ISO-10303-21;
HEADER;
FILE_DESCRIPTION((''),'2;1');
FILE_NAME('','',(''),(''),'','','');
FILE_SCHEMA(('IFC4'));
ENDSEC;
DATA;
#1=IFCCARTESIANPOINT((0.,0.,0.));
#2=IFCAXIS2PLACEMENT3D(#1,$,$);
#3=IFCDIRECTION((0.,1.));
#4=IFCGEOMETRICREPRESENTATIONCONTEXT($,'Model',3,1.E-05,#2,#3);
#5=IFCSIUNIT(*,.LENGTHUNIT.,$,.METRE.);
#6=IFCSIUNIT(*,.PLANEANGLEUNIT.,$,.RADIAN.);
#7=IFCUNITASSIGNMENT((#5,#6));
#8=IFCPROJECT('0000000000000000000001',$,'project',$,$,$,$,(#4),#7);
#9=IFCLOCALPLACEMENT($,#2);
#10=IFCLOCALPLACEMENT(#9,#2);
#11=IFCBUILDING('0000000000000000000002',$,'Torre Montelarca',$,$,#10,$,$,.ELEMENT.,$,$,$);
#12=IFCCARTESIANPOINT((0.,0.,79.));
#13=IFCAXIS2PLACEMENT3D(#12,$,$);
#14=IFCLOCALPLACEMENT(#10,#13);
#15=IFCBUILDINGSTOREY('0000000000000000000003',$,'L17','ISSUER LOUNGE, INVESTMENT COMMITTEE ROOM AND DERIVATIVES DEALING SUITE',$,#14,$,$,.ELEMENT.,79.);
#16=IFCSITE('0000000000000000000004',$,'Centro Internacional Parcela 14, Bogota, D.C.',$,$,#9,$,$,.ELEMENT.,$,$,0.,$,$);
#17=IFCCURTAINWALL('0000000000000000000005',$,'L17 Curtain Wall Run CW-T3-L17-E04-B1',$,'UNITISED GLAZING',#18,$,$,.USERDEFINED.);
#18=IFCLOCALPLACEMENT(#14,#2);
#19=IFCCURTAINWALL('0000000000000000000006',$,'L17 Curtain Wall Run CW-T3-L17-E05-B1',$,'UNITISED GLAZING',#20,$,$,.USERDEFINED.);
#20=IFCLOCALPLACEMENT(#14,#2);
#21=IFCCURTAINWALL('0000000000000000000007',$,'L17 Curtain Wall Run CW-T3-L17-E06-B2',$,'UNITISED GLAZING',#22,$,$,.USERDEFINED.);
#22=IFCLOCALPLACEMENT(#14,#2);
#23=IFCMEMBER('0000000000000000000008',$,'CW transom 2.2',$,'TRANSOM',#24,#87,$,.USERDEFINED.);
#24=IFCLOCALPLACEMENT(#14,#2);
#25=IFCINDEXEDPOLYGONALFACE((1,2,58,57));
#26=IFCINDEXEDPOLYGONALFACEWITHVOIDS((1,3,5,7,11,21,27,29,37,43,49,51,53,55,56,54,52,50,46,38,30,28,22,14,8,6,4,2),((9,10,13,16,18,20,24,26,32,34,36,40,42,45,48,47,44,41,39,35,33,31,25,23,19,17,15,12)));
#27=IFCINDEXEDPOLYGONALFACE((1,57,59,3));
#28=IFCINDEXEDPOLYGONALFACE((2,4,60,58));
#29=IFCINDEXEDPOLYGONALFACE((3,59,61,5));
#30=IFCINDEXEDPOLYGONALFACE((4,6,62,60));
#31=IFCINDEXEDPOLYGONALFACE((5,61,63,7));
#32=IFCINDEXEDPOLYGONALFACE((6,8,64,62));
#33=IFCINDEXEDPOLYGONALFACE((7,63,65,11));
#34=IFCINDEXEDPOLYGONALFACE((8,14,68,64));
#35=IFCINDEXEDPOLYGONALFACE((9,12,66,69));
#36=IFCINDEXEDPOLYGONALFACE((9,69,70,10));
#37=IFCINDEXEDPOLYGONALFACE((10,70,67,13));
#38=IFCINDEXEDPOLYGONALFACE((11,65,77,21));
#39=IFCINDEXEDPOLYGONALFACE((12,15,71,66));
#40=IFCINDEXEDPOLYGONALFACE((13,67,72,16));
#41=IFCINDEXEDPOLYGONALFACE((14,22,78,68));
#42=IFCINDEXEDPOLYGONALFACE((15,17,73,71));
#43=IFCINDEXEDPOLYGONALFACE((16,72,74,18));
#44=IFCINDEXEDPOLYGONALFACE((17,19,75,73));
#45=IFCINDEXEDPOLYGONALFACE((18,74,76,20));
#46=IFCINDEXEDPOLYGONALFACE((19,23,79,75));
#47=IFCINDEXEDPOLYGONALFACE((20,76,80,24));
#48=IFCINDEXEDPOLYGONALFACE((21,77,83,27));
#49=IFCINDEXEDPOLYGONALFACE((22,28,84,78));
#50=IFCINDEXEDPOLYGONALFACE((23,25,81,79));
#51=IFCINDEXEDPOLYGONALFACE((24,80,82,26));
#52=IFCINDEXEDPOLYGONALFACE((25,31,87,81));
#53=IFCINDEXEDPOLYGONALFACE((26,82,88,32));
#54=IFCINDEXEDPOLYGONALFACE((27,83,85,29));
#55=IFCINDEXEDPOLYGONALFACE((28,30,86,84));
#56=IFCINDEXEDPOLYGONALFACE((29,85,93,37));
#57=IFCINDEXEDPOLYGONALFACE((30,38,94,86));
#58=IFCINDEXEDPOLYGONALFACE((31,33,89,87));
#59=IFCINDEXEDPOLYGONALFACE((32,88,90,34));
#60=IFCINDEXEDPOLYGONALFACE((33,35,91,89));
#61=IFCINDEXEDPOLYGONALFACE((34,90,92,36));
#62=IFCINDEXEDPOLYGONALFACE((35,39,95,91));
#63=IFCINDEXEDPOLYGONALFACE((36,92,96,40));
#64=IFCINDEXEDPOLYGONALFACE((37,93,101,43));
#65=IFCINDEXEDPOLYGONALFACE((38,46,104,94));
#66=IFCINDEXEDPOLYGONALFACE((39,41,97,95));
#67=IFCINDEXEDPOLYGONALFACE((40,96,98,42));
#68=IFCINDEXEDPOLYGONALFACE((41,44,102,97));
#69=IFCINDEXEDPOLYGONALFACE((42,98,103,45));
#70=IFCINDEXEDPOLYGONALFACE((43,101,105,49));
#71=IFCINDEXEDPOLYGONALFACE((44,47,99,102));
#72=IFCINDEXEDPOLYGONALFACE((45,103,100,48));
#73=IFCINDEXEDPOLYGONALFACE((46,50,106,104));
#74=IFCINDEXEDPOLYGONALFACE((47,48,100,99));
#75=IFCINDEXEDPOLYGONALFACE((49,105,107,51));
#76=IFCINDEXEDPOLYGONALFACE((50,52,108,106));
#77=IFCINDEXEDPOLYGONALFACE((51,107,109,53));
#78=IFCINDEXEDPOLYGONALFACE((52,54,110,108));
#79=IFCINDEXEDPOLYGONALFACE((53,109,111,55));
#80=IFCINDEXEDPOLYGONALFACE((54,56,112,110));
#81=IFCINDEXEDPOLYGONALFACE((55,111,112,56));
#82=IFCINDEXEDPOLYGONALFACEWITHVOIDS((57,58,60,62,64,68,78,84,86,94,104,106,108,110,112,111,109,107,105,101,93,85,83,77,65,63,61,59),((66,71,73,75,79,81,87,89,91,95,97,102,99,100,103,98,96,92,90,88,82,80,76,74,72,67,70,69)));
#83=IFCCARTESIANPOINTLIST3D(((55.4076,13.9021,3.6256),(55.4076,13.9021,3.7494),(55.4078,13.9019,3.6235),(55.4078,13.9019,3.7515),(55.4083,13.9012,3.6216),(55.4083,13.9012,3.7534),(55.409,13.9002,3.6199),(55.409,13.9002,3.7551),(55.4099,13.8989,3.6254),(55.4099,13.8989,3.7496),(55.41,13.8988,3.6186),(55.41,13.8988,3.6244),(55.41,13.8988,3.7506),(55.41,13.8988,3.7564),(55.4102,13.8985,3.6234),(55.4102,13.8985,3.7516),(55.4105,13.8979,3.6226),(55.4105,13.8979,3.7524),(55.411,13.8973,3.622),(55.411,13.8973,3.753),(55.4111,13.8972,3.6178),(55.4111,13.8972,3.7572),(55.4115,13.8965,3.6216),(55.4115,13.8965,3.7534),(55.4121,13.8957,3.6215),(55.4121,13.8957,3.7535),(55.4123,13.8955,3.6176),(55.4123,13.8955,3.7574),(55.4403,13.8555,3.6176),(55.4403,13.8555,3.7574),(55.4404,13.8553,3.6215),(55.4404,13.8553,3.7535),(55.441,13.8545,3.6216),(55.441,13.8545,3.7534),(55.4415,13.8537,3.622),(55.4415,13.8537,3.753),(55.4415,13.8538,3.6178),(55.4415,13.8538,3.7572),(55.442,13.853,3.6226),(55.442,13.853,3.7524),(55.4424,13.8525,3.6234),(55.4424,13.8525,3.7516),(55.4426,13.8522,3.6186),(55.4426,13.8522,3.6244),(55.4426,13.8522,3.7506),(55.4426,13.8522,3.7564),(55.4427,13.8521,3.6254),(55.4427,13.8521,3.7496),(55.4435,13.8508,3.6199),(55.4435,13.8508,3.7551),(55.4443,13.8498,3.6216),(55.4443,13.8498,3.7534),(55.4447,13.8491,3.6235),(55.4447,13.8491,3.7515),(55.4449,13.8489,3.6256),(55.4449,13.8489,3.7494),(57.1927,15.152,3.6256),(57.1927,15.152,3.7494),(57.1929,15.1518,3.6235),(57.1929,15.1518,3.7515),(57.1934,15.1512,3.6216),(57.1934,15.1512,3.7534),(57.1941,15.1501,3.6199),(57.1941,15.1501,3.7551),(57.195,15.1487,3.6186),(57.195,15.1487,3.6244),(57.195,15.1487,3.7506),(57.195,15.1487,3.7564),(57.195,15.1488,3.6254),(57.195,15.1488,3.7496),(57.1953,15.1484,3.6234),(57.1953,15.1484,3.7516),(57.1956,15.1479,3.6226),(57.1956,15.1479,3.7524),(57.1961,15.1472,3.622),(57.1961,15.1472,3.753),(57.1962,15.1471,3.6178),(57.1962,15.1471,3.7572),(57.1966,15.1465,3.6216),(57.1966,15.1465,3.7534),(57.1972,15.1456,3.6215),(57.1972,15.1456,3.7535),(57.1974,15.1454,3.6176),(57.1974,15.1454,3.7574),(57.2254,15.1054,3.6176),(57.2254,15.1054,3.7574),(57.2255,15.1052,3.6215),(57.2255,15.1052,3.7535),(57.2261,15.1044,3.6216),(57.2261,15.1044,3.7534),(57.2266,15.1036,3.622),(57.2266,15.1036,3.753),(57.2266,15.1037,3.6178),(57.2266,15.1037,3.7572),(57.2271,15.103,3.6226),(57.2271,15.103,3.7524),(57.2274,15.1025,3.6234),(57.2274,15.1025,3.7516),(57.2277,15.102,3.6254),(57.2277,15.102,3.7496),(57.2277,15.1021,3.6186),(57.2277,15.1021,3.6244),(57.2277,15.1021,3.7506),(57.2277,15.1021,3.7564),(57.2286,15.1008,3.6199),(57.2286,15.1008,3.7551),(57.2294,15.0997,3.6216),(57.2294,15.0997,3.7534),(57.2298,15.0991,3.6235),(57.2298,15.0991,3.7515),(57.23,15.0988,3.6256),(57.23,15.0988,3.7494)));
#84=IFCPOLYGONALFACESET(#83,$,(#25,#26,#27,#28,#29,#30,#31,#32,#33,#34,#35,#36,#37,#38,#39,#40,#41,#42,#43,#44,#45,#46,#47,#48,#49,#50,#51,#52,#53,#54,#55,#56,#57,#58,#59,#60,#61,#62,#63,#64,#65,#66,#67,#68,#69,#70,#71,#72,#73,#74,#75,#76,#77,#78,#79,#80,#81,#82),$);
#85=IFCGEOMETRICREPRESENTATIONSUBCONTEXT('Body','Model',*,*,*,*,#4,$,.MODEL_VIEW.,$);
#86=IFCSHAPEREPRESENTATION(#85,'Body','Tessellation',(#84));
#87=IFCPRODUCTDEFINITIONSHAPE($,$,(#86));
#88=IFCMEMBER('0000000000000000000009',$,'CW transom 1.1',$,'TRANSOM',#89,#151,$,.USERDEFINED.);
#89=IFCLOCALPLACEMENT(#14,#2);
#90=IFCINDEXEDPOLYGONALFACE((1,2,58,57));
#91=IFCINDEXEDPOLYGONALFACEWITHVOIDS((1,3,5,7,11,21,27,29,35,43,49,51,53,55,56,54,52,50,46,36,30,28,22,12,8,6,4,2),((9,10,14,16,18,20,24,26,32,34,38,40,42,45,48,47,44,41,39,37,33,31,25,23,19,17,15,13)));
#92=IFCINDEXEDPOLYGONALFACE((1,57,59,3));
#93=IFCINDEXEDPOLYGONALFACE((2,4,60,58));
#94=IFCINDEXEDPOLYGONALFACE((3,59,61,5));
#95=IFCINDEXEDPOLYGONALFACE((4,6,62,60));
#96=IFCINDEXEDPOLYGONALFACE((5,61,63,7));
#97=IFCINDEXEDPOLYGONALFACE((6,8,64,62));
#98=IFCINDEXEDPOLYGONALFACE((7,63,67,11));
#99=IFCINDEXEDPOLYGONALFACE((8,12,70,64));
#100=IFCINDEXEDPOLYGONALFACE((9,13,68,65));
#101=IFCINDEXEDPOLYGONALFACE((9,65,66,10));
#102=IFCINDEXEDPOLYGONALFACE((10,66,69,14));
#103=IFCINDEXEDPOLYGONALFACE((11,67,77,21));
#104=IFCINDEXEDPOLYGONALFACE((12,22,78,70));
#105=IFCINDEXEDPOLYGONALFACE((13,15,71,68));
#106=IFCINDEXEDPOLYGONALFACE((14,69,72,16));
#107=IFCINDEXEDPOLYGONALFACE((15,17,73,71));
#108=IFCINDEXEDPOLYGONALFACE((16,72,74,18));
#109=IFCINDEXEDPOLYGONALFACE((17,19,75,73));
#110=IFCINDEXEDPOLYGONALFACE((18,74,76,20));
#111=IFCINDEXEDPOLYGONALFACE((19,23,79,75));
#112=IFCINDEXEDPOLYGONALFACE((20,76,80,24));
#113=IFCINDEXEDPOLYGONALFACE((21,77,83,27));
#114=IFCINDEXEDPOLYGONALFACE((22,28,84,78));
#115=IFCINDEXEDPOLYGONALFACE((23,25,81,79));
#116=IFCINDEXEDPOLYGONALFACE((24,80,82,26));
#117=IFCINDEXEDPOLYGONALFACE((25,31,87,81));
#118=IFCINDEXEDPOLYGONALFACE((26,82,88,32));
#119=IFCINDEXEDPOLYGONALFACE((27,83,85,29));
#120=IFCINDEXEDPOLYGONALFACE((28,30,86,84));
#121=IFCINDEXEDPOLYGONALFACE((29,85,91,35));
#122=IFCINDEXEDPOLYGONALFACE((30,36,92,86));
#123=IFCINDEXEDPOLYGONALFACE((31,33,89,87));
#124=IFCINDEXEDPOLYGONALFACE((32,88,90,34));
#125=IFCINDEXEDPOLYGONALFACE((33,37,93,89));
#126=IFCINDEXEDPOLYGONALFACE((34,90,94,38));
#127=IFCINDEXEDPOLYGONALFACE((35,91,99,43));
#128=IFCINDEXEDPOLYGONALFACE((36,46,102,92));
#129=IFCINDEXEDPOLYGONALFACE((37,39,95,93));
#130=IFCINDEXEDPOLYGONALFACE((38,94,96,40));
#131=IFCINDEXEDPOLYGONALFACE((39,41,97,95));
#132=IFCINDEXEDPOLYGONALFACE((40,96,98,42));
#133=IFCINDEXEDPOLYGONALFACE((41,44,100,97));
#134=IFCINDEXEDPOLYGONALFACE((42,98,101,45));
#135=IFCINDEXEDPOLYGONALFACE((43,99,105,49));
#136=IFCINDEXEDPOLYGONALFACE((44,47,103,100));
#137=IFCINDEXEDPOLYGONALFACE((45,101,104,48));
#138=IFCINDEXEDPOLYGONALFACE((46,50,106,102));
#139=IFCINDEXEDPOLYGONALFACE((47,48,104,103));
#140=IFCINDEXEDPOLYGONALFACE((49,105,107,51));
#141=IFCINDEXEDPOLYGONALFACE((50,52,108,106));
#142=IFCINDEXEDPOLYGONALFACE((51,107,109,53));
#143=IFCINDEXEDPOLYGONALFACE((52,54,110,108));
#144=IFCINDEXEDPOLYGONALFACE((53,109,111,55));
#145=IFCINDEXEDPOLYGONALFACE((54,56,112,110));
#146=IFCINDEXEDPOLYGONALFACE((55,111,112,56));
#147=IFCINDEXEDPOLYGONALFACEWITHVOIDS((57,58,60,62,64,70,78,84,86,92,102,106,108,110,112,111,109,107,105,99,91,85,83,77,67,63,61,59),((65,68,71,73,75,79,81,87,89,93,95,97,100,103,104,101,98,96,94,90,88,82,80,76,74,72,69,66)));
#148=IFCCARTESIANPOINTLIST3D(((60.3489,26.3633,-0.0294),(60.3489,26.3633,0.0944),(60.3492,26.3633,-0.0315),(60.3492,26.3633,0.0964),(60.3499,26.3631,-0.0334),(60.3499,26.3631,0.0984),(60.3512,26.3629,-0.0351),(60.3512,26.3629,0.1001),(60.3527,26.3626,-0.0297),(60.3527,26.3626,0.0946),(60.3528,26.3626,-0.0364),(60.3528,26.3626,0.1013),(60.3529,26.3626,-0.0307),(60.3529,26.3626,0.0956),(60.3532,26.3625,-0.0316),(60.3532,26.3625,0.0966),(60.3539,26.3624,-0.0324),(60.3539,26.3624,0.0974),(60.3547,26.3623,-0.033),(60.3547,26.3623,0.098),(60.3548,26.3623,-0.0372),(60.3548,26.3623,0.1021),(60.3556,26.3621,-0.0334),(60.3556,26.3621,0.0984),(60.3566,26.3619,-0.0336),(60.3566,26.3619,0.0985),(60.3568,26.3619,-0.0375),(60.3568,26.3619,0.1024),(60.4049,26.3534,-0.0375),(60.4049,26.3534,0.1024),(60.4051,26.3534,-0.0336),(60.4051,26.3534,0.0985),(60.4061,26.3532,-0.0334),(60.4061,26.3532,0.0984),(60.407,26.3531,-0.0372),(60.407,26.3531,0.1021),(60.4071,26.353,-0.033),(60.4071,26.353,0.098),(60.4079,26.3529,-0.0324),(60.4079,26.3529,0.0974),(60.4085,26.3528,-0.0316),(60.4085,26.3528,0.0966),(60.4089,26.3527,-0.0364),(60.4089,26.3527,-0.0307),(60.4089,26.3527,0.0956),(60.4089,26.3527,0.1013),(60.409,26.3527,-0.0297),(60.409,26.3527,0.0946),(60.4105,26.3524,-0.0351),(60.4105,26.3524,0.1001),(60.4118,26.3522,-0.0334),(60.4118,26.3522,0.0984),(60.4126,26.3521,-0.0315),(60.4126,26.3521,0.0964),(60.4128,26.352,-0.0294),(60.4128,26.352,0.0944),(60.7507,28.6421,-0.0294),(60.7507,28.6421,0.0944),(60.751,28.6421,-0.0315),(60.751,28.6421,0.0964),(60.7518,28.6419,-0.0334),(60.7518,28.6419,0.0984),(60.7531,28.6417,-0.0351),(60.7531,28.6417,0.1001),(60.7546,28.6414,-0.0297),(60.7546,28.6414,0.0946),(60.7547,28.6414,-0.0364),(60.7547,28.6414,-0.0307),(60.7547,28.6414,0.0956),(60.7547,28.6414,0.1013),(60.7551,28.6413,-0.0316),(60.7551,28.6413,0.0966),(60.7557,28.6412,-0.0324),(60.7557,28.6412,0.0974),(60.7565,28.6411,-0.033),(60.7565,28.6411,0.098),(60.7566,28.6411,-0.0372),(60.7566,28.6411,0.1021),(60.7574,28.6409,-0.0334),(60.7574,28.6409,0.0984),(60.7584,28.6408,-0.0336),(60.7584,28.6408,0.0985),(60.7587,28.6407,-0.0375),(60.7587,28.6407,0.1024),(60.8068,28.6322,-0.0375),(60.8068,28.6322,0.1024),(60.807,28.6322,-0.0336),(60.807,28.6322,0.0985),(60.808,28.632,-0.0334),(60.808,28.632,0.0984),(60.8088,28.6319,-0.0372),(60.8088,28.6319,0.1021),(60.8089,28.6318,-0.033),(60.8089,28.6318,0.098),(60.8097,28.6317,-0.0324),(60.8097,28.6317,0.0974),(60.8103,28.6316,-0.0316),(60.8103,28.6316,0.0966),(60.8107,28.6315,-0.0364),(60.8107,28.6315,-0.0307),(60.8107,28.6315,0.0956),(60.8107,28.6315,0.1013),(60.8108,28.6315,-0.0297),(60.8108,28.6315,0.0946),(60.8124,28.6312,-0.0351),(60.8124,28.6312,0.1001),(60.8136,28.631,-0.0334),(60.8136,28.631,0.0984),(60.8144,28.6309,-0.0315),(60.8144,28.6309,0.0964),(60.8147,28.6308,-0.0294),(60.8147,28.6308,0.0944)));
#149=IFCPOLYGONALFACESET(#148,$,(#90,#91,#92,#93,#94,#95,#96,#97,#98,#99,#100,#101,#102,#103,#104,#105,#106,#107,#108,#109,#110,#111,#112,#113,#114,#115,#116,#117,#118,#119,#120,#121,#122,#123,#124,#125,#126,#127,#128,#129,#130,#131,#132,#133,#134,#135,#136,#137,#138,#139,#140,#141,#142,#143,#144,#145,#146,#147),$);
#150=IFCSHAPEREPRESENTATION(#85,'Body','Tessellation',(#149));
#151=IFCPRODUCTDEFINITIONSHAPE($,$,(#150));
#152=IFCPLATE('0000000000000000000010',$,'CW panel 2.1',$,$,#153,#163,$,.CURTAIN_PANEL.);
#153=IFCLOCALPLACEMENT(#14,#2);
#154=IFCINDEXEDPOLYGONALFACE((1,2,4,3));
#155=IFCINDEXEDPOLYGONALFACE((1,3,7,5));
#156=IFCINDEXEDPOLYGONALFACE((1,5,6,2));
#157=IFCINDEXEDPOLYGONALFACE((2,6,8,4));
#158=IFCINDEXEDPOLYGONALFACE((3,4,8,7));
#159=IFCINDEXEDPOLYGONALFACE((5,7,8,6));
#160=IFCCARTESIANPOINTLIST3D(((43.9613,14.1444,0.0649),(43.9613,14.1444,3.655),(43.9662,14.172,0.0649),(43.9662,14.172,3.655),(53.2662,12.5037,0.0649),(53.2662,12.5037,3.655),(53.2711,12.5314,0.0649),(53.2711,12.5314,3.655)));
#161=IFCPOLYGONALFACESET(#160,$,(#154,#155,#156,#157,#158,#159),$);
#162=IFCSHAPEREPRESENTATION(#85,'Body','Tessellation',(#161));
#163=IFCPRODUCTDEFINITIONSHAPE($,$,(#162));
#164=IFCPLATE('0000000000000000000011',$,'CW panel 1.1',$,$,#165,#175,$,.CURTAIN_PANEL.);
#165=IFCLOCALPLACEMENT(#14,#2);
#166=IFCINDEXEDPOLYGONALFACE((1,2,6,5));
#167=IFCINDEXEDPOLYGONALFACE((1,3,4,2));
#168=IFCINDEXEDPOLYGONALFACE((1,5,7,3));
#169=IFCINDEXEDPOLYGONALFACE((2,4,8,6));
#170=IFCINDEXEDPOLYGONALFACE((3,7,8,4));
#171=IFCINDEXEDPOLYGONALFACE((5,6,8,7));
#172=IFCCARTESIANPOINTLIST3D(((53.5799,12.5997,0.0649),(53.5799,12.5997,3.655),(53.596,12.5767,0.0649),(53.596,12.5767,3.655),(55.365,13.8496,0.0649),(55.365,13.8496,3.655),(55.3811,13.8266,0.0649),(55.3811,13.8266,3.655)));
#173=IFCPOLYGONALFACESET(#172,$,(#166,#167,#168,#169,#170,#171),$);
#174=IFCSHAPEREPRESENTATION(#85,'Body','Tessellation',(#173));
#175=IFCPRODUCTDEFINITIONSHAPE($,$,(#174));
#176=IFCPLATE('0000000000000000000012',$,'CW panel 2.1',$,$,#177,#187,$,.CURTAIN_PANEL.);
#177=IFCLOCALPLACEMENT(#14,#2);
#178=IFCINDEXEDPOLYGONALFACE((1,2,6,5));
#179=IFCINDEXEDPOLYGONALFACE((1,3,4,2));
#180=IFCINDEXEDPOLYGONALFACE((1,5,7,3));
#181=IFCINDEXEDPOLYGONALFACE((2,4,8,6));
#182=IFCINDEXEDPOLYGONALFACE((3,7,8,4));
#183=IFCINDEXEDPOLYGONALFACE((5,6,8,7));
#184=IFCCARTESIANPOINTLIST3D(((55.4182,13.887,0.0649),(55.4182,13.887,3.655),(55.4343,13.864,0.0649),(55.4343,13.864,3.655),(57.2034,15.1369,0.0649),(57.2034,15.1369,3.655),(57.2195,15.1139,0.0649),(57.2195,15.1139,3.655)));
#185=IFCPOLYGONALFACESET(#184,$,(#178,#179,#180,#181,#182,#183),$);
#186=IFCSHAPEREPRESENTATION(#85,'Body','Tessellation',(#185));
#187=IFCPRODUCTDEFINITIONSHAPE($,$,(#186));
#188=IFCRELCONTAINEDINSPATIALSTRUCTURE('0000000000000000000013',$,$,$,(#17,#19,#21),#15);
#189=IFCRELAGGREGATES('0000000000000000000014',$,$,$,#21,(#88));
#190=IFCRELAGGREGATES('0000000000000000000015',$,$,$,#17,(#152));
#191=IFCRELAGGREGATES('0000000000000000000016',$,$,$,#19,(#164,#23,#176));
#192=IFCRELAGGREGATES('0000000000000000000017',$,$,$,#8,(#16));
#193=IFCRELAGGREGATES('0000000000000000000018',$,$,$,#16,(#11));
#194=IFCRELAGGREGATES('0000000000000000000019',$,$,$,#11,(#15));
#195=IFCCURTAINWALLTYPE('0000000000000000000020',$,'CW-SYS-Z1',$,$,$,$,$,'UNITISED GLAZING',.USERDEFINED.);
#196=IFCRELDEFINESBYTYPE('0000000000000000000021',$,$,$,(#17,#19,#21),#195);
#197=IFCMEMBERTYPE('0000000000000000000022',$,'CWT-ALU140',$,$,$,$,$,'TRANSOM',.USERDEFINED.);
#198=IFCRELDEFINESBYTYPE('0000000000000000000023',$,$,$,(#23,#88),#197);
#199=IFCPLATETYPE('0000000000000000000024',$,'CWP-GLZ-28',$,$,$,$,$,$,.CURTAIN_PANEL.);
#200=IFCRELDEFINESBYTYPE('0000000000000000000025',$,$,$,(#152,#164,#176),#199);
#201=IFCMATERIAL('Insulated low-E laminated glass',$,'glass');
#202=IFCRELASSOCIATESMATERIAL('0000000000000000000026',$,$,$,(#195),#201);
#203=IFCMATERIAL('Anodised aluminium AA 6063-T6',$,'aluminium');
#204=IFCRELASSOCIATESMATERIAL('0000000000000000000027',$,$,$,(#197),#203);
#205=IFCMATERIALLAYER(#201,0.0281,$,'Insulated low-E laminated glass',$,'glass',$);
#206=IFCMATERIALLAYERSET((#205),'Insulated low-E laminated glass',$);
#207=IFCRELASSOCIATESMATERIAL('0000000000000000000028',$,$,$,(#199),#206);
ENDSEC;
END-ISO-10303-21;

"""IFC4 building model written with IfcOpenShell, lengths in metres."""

from ifc_helpers import new_model, si_unit, direction, frame, origin, origin_2d, place, context, subcontext, project, spatial, rectangle, hollow_rectangle, extrude, source, transform, mapped, material, layer, layer_set, material_profile, profile_set, type_object, element, aggregate, save


model = new_model("IFC4")

# Units and contexts
model_context = context("Model", 3, precision=1e-05, world=origin(), true_north=direction((0.0, 1.0)))
body_context = subcontext(model_context, "Body", "Model", "MODEL_VIEW")
ifc_project = project(units=[si_unit("LENGTHUNIT", "METRE"), si_unit("PLANEANGLEUNIT", "RADIAN")], contexts=[model_context])

# Site, building, storey
site_placement = place(None, origin())
site = spatial("IfcSite", under=ifc_project, at=site_placement, Name="Centro Internacional Parcela 14, Bogota, D.C.", CompositionType="ELEMENT", RefElevation=0.0)
building_placement = place(site_placement, origin())
building = spatial("IfcBuilding", under=site, at=building_placement, Name="Torre Montelarca", CompositionType="ELEMENT")
storey_placement = place(building_placement, frame((0.0, 0.0, 79.0)))
storey = spatial("IfcBuildingStorey", under=building, at=storey_placement, Name="L17", Description="ISSUER LOUNGE, INVESTMENT COMMITTEE ROOM AND DERIVATIVES DEALING SUITE", CompositionType="ELEMENT", Elevation=79.0)

# Curtain wall
ifc_material_1 = material(Name="Insulated low-E laminated glass", Category="glass")
curtain_wall_type = type_object("IfcCurtainWallType", Name="CW-SYS-Z1", ElementType="UNITISED GLAZING", PredefinedType="USERDEFINED", material=ifc_material_1)
curtain_wall_1_placement = place(storey_placement, origin())
curtain_wall_1 = element("IfcCurtainWall", 1, at=curtain_wall_1_placement, inside=storey, type_object=curtain_wall_type, Name="L17 Curtain Wall Run CW-T3-L17-E04-B1", ObjectType="UNITISED GLAZING", PredefinedType="USERDEFINED")
ifc_material_2 = material(Name="Anodised aluminium AA 6063-T6", Category="aluminium")
ifc_material_profile_1 = material_profile(ifc_material_2, hollow_rectangle(XDim=0.0649, YDim=0.1399, WallThickness=0.0039, InnerFilletRadius=0.0039, OuterFilletRadius=0.0081, at=origin_2d()), Name="ALU65X140X4", Category="aluminium")
ifc_profile_set_1 = profile_set([ifc_material_profile_1], Name="Anodised aluminium AA 6063-T6")
member_type_1 = type_object("IfcMemberType", Name="CWT-ALU140", ElementType="TRANSOM", PredefinedType="USERDEFINED", material=ifc_profile_set_1)

# Curtain wall
curtain_wall_2_placement = place(storey_placement, origin())
curtain_wall_2 = element("IfcCurtainWall", 2, at=curtain_wall_2_placement, inside=storey, type_object=curtain_wall_type, Name="L17 Curtain Wall Run CW-T3-L17-E05-B1", ObjectType="UNITISED GLAZING", PredefinedType="USERDEFINED")

# Curtain wall
curtain_wall_3_placement = place(storey_placement, origin())
curtain_wall_3 = element("IfcCurtainWall", 3, at=curtain_wall_3_placement, inside=storey, type_object=curtain_wall_type, Name="L17 Curtain Wall Run CW-T3-L17-E06-B2", ObjectType="UNITISED GLAZING", PredefinedType="USERDEFINED")

# Members
shared_shape_1 = source(origin(), body_context, "Body", "SweptSolid", [
    extrude(hollow_rectangle(XDim=0.0649, YDim=0.1399, WallThickness=0.0039, InnerFilletRadius=0.0039, OuterFilletRadius=0.0081, at=origin_2d()), origin(), (0.0, 0.0, 1.0), 2.1792),
])
member_1_placement = place(storey_placement, frame((55.4263, 13.8755, 3.6875), z_axis=(0.819148, 0.573583, 0.0), x_axis=(-0.573583, 0.819148, 0.0)))
member_1 = element("IfcMember", 4, at=member_1_placement, type_object=member_type_1, Name="CW transom 2.2", ObjectType="TRANSOM", PredefinedType="USERDEFINED", context=body_context, shape_type="MappedRepresentation", body=[
    mapped(shared_shape_1, transform((0.0, 0.0, 0.0), scale=1.0)),
])
shared_shape_2 = source(origin(), body_context, "Body", "SweptSolid", [
    extrude(hollow_rectangle(XDim=0.0649, YDim=0.1399, WallThickness=0.0039, InnerFilletRadius=0.0039, OuterFilletRadius=0.0081, at=origin_2d()), origin(), (0.0, 0.0, 1.0), 2.314),
])
member_2_placement = place(storey_placement, frame((60.3809, 26.3577, 0.0325), z_axis=(0.173665, 0.984805, 0.0), x_axis=(-0.984805, 0.173665, 0.0)))
member_2 = element("IfcMember", 5, at=member_2_placement, type_object=member_type_1, Name="CW transom 1.1", ObjectType="TRANSOM", PredefinedType="USERDEFINED", context=body_context, shape_type="MappedRepresentation", body=[
    mapped(shared_shape_2, transform((0.0, 0.0, 0.0), scale=1.0)),
])
aggregate(curtain_wall_3, [member_2])

# Plates
ifc_layer_1 = layer(ifc_material_1, 0.0281, Name="Insulated low-E laminated glass", Category="glass")
ifc_layer_set_1 = layer_set([ifc_layer_1], Name="Insulated low-E laminated glass")
plate_type = type_object("IfcPlateType", Name="CWP-GLZ-28", PredefinedType="CURTAIN_PANEL", material=ifc_layer_set_1)
shared_shape_3 = source(origin(), body_context, "Body", "SweptSolid", [
    extrude(rectangle(XDim=9.4485, YDim=0.0281, at=origin_2d()), origin(), (0.0, 0.0, 1.0), 3.5901),
])
plate_1_placement = place(storey_placement, frame((48.6162, 13.3379, 0.0649), z_axis=(0.0, 0.0, 1.0), x_axis=(0.984809, -0.173643, 0.0)))
plate_1 = element("IfcPlate", 6, at=plate_1_placement, type_object=plate_type, Name="CW panel 2.1", PredefinedType="CURTAIN_PANEL", context=body_context, shape_type="MappedRepresentation", body=[
    mapped(shared_shape_3, transform((0.0, 0.0, 0.0), scale=1.0)),
])
aggregate(curtain_wall_1, [plate_1])
shared_shape_4 = source(origin(), body_context, "Body", "SweptSolid", [
    extrude(rectangle(XDim=2.1792, YDim=0.0281, at=origin_2d()), origin(), (0.0, 0.0, 1.0), 3.5901),
])
plate_2_placement = place(storey_placement, frame((54.4805, 13.2131, 0.0649), z_axis=(0.0, 0.0, 1.0), x_axis=(0.819167, 0.573555, 0.0)))
plate_2 = element("IfcPlate", 7, at=plate_2_placement, type_object=plate_type, Name="CW panel 1.1", PredefinedType="CURTAIN_PANEL", context=body_context, shape_type="MappedRepresentation", body=[
    mapped(shared_shape_4, transform((0.0, 0.0, 0.0), scale=1.0)),
])
plate_3_placement = place(storey_placement, frame((56.3188, 14.5005, 0.0649), z_axis=(0.0, 0.0, 1.0), x_axis=(0.819167, 0.573555, 0.0)))
plate_3 = element("IfcPlate", 8, at=plate_3_placement, type_object=plate_type, Name="CW panel 2.1", PredefinedType="CURTAIN_PANEL", context=body_context, shape_type="MappedRepresentation", body=[
    mapped(shared_shape_4, transform((0.0, 0.0, 0.0), scale=1.0)),
])
aggregate(curtain_wall_2, [plate_2, member_1, plate_3])

save(model, "model.ifc")
